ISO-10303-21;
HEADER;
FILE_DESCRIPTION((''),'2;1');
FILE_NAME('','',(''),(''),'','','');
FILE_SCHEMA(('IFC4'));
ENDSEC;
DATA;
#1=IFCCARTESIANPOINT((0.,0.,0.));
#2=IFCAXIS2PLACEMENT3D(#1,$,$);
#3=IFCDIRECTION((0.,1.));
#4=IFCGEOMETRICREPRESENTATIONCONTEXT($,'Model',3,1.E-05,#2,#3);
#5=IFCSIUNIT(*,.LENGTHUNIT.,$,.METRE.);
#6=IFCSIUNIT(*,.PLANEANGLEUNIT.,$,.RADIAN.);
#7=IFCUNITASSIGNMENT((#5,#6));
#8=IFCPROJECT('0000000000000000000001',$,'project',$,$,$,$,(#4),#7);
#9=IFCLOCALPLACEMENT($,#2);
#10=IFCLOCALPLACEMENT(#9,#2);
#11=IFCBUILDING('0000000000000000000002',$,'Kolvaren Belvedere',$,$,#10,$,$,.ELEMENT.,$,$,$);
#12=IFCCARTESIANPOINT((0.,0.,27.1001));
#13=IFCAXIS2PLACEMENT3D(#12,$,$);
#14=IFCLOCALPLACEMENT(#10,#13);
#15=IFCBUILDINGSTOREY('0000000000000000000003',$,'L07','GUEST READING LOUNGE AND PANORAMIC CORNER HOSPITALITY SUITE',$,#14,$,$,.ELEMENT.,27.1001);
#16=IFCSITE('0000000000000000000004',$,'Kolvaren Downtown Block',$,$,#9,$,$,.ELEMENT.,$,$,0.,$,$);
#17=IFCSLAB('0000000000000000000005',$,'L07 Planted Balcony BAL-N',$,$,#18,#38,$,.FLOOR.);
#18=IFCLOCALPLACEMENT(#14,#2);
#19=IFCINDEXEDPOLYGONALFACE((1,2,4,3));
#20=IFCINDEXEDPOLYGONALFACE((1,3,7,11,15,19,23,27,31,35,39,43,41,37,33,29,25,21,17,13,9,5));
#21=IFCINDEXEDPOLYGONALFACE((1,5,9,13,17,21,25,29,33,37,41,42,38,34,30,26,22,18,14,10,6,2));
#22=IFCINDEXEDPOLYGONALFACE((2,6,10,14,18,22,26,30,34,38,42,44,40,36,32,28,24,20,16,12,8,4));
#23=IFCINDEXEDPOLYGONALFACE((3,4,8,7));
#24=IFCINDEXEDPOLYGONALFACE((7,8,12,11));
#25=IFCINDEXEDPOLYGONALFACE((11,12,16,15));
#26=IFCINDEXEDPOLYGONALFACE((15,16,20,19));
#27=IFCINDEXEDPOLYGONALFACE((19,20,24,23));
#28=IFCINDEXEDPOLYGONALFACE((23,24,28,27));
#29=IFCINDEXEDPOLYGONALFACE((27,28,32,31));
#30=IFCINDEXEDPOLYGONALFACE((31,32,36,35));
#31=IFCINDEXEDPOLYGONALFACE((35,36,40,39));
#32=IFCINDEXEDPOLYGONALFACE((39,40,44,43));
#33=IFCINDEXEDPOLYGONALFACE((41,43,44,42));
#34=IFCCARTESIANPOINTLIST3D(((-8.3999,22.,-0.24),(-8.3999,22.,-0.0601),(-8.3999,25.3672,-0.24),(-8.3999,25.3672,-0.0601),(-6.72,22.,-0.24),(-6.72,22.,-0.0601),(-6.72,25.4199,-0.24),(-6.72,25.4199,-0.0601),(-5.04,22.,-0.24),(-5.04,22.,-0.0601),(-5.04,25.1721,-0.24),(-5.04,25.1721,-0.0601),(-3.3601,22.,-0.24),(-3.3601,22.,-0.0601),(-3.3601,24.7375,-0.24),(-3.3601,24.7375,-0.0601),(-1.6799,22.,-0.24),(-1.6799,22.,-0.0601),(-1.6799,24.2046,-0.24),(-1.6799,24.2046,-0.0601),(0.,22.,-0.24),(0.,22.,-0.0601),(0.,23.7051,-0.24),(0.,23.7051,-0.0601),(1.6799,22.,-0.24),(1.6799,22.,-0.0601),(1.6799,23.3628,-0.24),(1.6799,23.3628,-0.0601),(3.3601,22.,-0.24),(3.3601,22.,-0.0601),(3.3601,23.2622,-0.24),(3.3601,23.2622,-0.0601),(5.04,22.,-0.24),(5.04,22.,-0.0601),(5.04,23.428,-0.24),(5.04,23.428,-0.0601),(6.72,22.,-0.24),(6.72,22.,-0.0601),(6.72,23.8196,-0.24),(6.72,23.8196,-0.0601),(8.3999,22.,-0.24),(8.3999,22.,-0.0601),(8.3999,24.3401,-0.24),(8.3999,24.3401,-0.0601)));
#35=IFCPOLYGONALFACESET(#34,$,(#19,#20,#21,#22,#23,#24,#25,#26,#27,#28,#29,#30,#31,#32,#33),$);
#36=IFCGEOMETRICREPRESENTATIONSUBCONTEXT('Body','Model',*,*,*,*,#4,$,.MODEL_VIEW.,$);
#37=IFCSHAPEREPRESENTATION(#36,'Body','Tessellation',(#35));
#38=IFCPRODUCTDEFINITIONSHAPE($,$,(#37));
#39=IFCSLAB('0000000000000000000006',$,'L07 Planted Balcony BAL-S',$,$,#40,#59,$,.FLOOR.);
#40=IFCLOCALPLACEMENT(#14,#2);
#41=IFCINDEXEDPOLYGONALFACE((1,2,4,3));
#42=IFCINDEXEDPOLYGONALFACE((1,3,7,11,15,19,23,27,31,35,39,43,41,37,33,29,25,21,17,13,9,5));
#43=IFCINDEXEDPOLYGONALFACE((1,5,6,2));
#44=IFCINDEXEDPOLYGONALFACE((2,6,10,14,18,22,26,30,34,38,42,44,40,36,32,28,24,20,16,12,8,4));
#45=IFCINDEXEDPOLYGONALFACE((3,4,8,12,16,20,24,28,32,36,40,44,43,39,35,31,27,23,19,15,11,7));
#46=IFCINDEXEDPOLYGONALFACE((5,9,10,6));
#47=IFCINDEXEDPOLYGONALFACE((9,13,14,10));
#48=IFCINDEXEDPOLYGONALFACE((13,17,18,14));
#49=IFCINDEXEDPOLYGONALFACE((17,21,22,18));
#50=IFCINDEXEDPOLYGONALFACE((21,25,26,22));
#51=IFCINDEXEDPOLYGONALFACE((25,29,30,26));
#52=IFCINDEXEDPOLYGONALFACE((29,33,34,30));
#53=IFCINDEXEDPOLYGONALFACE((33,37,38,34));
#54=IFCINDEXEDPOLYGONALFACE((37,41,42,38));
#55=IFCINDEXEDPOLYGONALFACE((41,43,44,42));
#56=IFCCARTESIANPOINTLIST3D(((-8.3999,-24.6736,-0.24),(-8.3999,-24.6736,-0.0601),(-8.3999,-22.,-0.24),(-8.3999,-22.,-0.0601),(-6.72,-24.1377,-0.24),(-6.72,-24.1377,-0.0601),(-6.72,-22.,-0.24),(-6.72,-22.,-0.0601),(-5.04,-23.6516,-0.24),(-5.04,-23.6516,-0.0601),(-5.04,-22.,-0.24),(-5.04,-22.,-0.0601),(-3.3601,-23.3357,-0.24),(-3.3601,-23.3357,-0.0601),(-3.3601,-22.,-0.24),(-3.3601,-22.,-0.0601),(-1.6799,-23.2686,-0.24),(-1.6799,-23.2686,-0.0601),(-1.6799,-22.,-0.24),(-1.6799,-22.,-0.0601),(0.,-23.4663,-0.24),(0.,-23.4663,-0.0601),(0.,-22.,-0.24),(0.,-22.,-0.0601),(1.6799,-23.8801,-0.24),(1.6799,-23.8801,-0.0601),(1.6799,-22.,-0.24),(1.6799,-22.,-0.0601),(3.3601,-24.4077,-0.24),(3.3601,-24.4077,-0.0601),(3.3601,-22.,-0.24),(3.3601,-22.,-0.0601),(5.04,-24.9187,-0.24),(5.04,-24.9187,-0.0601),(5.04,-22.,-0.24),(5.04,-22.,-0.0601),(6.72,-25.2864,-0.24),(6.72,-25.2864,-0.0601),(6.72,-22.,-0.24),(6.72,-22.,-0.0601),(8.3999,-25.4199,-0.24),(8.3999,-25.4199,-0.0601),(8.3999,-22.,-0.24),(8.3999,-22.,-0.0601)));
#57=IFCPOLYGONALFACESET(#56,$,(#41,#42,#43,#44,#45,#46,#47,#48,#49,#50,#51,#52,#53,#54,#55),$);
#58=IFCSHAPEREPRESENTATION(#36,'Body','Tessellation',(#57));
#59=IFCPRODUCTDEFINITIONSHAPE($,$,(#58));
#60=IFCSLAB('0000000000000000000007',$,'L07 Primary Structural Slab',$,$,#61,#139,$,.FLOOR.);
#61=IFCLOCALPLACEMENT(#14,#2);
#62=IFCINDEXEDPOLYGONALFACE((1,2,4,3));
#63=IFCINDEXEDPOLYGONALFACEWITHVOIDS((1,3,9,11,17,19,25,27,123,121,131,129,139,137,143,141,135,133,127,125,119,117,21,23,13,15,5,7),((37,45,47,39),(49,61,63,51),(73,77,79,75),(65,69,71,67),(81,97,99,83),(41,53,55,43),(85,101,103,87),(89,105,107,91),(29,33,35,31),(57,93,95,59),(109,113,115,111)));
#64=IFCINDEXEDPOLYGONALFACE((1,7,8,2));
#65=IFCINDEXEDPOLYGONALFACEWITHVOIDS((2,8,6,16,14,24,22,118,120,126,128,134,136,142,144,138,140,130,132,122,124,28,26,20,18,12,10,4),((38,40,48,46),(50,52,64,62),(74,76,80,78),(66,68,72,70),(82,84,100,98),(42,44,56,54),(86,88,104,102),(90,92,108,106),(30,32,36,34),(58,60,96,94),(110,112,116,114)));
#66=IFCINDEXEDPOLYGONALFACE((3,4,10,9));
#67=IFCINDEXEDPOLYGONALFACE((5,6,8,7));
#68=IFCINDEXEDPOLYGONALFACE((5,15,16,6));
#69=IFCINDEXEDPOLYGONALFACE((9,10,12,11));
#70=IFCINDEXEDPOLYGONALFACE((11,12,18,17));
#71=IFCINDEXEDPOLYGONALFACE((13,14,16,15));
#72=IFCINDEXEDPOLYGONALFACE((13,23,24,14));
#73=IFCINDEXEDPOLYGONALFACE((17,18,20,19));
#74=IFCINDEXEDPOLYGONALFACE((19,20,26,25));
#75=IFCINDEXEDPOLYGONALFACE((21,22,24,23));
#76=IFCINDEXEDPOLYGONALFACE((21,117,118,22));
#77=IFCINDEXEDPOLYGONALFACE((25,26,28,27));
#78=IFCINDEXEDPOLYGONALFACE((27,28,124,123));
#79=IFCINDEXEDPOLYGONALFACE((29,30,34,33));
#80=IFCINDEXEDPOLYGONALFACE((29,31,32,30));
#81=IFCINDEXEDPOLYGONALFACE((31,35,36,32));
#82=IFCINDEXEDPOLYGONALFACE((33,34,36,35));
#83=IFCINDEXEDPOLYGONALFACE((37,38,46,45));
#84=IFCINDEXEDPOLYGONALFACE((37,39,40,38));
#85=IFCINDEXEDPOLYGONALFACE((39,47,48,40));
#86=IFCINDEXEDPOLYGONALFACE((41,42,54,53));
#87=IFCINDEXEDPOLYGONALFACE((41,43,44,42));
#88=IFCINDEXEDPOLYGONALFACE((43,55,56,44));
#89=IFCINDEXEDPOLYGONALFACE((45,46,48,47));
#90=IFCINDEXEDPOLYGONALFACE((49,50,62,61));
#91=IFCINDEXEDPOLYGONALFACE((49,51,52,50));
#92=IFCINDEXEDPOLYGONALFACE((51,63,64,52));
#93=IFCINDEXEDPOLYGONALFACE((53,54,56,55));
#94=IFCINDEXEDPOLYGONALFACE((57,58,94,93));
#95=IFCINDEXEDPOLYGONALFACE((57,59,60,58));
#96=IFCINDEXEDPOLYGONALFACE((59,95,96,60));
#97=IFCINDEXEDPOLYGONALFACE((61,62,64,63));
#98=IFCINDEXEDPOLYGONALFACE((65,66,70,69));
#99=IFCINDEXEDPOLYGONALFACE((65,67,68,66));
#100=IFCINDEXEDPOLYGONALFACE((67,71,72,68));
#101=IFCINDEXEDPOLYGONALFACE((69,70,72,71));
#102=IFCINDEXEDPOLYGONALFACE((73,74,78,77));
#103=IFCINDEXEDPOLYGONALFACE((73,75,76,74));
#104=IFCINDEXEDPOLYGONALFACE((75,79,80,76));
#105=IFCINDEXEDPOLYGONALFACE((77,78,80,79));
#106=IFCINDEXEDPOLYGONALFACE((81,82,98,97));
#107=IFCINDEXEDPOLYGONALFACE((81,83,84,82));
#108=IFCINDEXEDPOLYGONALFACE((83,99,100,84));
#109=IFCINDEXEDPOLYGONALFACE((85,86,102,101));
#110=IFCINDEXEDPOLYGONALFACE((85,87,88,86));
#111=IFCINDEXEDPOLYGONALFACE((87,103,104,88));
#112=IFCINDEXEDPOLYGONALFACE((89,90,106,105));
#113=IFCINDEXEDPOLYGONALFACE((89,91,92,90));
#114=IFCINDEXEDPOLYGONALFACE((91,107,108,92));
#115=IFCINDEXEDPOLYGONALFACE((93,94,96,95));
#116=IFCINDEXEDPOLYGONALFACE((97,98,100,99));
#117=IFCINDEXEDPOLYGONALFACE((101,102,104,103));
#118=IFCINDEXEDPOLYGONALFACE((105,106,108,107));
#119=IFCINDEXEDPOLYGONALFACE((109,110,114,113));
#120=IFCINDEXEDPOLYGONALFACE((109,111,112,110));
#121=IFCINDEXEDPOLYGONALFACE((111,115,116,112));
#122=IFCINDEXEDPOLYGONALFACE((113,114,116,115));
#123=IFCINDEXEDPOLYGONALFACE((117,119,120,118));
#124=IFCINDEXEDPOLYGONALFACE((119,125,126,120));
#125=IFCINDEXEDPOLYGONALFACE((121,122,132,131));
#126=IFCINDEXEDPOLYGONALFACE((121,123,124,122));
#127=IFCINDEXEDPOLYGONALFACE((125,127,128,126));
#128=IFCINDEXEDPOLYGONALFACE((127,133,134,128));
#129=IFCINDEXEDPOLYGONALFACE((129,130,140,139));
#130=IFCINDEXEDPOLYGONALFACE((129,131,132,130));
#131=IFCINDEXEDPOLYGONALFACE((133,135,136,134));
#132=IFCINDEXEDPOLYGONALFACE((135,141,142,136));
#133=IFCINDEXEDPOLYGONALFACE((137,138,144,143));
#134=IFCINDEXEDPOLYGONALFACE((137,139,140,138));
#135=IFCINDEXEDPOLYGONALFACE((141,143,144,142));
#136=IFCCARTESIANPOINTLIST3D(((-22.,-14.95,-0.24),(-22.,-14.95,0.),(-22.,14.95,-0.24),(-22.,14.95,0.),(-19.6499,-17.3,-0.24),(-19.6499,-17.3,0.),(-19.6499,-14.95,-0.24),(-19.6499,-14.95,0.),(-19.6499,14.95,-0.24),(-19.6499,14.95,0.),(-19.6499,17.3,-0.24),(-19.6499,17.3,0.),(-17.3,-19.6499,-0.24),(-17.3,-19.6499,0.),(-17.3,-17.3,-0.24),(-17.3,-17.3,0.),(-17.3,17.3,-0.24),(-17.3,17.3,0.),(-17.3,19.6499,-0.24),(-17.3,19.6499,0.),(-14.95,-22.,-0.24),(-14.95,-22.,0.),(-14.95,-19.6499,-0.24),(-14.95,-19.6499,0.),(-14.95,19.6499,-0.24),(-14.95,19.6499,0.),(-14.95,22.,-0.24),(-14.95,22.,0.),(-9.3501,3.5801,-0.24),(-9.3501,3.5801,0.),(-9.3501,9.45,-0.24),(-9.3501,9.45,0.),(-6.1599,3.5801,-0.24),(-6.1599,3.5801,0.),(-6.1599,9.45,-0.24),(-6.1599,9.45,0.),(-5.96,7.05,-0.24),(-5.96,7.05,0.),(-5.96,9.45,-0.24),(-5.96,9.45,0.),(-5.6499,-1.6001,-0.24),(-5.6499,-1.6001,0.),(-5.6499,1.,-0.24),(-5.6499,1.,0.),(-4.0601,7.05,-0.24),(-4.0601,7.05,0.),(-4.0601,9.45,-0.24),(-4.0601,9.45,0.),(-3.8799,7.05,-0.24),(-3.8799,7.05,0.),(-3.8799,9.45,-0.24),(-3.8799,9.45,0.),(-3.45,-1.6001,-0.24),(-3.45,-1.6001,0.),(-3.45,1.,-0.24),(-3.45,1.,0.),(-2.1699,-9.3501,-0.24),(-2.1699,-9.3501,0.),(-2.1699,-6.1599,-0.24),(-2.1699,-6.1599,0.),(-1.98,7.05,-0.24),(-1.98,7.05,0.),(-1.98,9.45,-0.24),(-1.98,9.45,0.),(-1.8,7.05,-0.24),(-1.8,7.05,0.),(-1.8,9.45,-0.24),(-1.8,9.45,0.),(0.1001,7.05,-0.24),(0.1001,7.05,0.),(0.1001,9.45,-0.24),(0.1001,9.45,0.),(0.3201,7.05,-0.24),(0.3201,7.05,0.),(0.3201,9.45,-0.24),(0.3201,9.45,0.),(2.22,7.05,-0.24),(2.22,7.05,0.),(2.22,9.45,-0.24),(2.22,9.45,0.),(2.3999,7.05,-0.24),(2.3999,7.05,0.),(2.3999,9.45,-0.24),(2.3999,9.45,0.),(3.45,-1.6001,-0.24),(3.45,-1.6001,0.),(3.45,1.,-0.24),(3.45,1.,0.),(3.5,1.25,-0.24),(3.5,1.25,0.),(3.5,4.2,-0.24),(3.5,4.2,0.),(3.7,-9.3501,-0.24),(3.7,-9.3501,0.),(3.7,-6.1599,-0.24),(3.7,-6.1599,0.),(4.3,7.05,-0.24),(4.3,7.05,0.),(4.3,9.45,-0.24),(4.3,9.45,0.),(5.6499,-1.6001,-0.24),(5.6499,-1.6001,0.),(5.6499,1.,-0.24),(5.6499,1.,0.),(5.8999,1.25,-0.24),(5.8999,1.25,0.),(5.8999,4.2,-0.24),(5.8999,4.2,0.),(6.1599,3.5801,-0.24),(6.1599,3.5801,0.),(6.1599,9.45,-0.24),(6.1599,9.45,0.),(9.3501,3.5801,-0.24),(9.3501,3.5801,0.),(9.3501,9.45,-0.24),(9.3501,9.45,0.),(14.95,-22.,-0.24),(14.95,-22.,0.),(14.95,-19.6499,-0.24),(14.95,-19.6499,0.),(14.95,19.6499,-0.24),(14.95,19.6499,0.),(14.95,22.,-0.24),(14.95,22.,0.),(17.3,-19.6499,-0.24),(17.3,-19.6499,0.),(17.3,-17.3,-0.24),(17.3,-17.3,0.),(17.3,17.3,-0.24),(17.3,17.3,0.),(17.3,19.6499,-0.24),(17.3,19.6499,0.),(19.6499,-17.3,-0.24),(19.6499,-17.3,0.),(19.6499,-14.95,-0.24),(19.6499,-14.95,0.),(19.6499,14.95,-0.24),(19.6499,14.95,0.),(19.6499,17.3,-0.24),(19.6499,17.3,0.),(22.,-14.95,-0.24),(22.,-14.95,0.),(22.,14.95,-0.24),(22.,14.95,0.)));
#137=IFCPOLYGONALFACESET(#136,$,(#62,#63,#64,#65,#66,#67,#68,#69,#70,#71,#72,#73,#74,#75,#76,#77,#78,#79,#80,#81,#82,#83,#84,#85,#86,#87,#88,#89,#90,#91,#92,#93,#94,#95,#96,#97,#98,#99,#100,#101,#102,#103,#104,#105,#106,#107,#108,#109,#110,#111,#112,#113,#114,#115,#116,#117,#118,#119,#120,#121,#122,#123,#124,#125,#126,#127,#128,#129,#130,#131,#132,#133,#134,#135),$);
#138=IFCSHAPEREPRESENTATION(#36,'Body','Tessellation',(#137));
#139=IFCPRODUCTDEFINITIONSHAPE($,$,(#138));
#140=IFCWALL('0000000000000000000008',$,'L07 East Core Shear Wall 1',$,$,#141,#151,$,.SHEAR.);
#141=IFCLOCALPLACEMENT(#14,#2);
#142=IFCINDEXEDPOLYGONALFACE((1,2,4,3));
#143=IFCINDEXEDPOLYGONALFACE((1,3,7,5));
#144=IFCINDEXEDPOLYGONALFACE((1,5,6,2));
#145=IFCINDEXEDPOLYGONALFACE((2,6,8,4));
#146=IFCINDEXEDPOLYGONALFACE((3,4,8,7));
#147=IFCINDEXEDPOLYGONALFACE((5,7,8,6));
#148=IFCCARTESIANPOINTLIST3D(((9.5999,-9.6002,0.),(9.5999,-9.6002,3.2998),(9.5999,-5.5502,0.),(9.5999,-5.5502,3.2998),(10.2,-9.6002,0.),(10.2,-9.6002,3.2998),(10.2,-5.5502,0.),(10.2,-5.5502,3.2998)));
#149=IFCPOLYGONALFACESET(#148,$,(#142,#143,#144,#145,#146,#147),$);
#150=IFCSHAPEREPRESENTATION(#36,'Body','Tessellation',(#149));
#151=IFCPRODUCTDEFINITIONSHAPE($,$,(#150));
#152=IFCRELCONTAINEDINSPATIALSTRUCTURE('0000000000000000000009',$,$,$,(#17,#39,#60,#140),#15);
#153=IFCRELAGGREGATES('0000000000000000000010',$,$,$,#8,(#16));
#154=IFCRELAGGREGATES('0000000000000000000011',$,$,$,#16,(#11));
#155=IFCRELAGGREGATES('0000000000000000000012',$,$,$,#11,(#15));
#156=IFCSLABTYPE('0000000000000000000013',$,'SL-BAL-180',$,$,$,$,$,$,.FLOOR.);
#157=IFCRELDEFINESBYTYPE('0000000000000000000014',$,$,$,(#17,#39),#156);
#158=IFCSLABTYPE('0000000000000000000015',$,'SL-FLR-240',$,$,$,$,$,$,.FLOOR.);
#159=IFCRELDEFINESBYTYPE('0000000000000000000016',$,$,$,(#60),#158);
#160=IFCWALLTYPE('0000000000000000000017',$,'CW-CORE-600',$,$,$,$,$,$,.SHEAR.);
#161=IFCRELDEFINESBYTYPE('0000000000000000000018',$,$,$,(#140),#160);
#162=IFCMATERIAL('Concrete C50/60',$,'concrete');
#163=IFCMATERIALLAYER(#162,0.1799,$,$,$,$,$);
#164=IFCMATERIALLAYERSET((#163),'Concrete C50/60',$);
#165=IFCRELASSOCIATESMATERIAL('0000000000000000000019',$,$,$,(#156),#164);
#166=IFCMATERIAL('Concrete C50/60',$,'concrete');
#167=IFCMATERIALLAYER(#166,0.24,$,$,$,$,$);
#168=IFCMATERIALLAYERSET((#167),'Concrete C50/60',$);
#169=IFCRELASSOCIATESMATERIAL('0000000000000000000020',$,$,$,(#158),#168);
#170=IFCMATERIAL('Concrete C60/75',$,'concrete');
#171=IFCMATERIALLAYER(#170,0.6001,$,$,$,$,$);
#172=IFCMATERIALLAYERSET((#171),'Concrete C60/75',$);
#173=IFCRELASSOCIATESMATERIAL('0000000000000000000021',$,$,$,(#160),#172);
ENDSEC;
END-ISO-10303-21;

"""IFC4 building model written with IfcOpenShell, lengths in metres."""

from ifc_helpers import new_model, si_unit, direction, frame, frame_2d, origin, place, context, subcontext, project, spatial, polyline, rectangle, outline, extrude, material, layer, layer_set, type_object, element, save


model = new_model("IFC4")

# Units and contexts
model_context = context("Model", 3, precision=1e-05, world=origin(), true_north=direction((0.0, 1.0)))
body_context = subcontext(model_context, "Body", "Model", "MODEL_VIEW")
ifc_project = project(units=[si_unit("LENGTHUNIT", "METRE"), si_unit("PLANEANGLEUNIT", "RADIAN")], contexts=[model_context])

# Site, building, storey
site_placement = place(None, origin())
site = spatial("IfcSite", under=ifc_project, at=site_placement, Name="Kolvaren Downtown Block", CompositionType="ELEMENT", RefElevation=0.0)
building_placement = place(site_placement, origin())
building = spatial("IfcBuilding", under=site, at=building_placement, Name="Kolvaren Belvedere", CompositionType="ELEMENT")
storey_placement = place(building_placement, frame((0.0, 0.0, 27.1001)))
storey = spatial("IfcBuildingStorey", under=building, at=storey_placement, Name="L07", Description="GUEST READING LOUNGE AND PANORAMIC CORNER HOSPITALITY SUITE", CompositionType="ELEMENT", Elevation=27.1001)

# Slabs
ifc_material_1 = material(Name="Concrete C50/60", Category="concrete")
ifc_layer_1 = layer(ifc_material_1, 0.1799)
ifc_layer_set_1 = layer_set([ifc_layer_1], Name="Concrete C50/60")
slab_type_1 = type_object("IfcSlabType", Name="SL-BAL-180", PredefinedType="FLOOR", material=ifc_layer_set_1)
slab_1_placement = place(storey_placement, frame((0.0, 0.0, -0.24)))
element("IfcSlab", 1, at=slab_1_placement, inside=storey, type_object=slab_type_1, Name="L07 Planted Balcony BAL-N", PredefinedType="FLOOR", context=body_context, shape_type="SweptSolid", body=[
    extrude(outline(polyline([(-8.3999, 22.0), (-6.72, 22.0), (-5.04, 22.0), (-3.3601, 22.0), (-1.6799, 22.0), (0.0, 22.0), (1.6799, 22.0), (3.3601, 22.0), (5.04, 22.0), (6.72, 22.0), (8.3999, 22.0), (8.3999, 24.3401), (6.72, 23.8196), (5.04, 23.428), (3.3601, 23.2622), (1.6799, 23.3628), (0.0, 23.7051), (-1.6799, 24.2046), (-3.3601, 24.7375), (-5.04, 25.1721), (-6.72, 25.4199), (-8.3999, 25.3672), (-8.3999, 22.0)])), origin(), (0.0, 0.0, 1.0), 0.1799),
])
slab_2_placement = place(storey_placement, frame((0.0, 0.0, -0.24)))
element("IfcSlab", 2, at=slab_2_placement, inside=storey, type_object=slab_type_1, Name="L07 Planted Balcony BAL-S", PredefinedType="FLOOR", context=body_context, shape_type="SweptSolid", body=[
    extrude(outline(polyline([(-8.3999, -24.6736), (-6.72, -24.1377), (-5.04, -23.6516), (-3.3601, -23.3357), (-1.6799, -23.2686), (0.0, -23.4663), (1.6799, -23.8801), (3.3601, -24.4077), (5.04, -24.9187), (6.72, -25.2864), (8.3999, -25.4199), (8.3999, -22.0), (6.72, -22.0), (5.04, -22.0), (3.3601, -22.0), (1.6799, -22.0), (0.0, -22.0), (-1.6799, -22.0), (-3.3601, -22.0), (-5.04, -22.0), (-6.72, -22.0), (-8.3999, -22.0), (-8.3999, -24.6736)])), origin(), (0.0, 0.0, 1.0), 0.1799),
])
ifc_material_2 = material(Name="Concrete C50/60", Category="concrete")
ifc_layer_2 = layer(ifc_material_2, 0.24)
ifc_layer_set_2 = layer_set([ifc_layer_2], Name="Concrete C50/60")
slab_type_2 = type_object("IfcSlabType", Name="SL-FLR-240", PredefinedType="FLOOR", material=ifc_layer_set_2)
slab_3_placement = place(storey_placement, frame((0.0, 0.0, -0.24)))
element("IfcSlab", 3, at=slab_3_placement, inside=storey, type_object=slab_type_2, Name="L07 Primary Structural Slab", PredefinedType="FLOOR", context=body_context, shape_type="SweptSolid", body=[
    extrude(outline(polyline([(-14.95, -22.0), (14.95, -22.0), (14.95, -19.6499), (17.3, -19.6499), (17.3, -17.3), (19.6499, -17.3), (19.6499, -14.95), (22.0, -14.95), (22.0, 14.95), (19.6499, 14.95), (19.6499, 17.3), (17.3, 17.3), (17.3, 19.6499), (14.95, 19.6499), (14.95, 22.0), (-14.95, 22.0), (-14.95, 19.6499), (-17.3, 19.6499), (-17.3, 17.3), (-19.6499, 17.3), (-19.6499, 14.95), (-22.0, 14.95), (-22.0, -14.95), (-19.6499, -14.95), (-19.6499, -17.3), (-17.3, -17.3), (-17.3, -19.6499), (-14.95, -19.6499), (-14.95, -22.0)]), holes=[polyline([(-9.3501, 3.5801), (-6.1599, 3.5801), (-6.1599, 9.45), (-9.3501, 9.45), (-9.3501, 3.5801)]), polyline([(6.1599, 3.5801), (9.3501, 3.5801), (9.3501, 9.45), (6.1599, 9.45), (6.1599, 3.5801)]), polyline([(-2.1699, -9.3501), (3.7, -9.3501), (3.7, -6.1599), (-2.1699, -6.1599), (-2.1699, -9.3501)]), polyline([(-5.6499, -1.6001), (-3.45, -1.6001), (-3.45, 1.0), (-5.6499, 1.0), (-5.6499, -1.6001)]), polyline([(3.5, 1.25), (5.8999, 1.25), (5.8999, 4.2), (3.5, 4.2), (3.5, 1.25)]), polyline([(3.45, -1.6001), (5.6499, -1.6001), (5.6499, 1.0), (3.45, 1.0), (3.45, -1.6001)]), polyline([(-5.96, 7.05), (-4.0601, 7.05), (-4.0601, 9.45), (-5.96, 9.45), (-5.96, 7.05)]), polyline([(-3.8799, 7.05), (-1.98, 7.05), (-1.98, 9.45), (-3.8799, 9.45), (-3.8799, 7.05)]), polyline([(-1.8, 7.05), (0.1001, 7.05), (0.1001, 9.45), (-1.8, 9.45), (-1.8, 7.05)]), polyline([(0.3201, 7.05), (2.22, 7.05), (2.22, 9.45), (0.3201, 9.45), (0.3201, 7.05)]), polyline([(2.3999, 7.05), (4.3, 7.05), (4.3, 9.45), (2.3999, 9.45), (2.3999, 7.05)])]), origin(), (0.0, 0.0, 1.0), 0.24),
])

# Wall
ifc_material_3 = material(Name="Concrete C60/75", Category="concrete")
ifc_layer_3 = layer(ifc_material_3, 0.6001)
ifc_layer_set_3 = layer_set([ifc_layer_3], Name="Concrete C60/75")
wall_type_1 = type_object("IfcWallType", Name="CW-CORE-600", PredefinedType="SHEAR", material=ifc_layer_set_3)
wall_1_placement = place(storey_placement, frame((9.8999, -9.6001, 0.0), z_axis=(0.0, 0.0, 1.0), x_axis=(0.0, 1.0, 0.0)))
element("IfcWall", 4, at=wall_1_placement, inside=storey, type_object=wall_type_1, Name="L07 East Core Shear Wall 1", PredefinedType="SHEAR", context=body_context, shape_type="SweptSolid", body=[
    extrude(rectangle(XDim=4.05, YDim=0.6001, at=frame_2d((2.0249, 0.0))), origin(), (0.0, 0.0, 1.0), 3.2998),
])

save(model, "model.ifc")
